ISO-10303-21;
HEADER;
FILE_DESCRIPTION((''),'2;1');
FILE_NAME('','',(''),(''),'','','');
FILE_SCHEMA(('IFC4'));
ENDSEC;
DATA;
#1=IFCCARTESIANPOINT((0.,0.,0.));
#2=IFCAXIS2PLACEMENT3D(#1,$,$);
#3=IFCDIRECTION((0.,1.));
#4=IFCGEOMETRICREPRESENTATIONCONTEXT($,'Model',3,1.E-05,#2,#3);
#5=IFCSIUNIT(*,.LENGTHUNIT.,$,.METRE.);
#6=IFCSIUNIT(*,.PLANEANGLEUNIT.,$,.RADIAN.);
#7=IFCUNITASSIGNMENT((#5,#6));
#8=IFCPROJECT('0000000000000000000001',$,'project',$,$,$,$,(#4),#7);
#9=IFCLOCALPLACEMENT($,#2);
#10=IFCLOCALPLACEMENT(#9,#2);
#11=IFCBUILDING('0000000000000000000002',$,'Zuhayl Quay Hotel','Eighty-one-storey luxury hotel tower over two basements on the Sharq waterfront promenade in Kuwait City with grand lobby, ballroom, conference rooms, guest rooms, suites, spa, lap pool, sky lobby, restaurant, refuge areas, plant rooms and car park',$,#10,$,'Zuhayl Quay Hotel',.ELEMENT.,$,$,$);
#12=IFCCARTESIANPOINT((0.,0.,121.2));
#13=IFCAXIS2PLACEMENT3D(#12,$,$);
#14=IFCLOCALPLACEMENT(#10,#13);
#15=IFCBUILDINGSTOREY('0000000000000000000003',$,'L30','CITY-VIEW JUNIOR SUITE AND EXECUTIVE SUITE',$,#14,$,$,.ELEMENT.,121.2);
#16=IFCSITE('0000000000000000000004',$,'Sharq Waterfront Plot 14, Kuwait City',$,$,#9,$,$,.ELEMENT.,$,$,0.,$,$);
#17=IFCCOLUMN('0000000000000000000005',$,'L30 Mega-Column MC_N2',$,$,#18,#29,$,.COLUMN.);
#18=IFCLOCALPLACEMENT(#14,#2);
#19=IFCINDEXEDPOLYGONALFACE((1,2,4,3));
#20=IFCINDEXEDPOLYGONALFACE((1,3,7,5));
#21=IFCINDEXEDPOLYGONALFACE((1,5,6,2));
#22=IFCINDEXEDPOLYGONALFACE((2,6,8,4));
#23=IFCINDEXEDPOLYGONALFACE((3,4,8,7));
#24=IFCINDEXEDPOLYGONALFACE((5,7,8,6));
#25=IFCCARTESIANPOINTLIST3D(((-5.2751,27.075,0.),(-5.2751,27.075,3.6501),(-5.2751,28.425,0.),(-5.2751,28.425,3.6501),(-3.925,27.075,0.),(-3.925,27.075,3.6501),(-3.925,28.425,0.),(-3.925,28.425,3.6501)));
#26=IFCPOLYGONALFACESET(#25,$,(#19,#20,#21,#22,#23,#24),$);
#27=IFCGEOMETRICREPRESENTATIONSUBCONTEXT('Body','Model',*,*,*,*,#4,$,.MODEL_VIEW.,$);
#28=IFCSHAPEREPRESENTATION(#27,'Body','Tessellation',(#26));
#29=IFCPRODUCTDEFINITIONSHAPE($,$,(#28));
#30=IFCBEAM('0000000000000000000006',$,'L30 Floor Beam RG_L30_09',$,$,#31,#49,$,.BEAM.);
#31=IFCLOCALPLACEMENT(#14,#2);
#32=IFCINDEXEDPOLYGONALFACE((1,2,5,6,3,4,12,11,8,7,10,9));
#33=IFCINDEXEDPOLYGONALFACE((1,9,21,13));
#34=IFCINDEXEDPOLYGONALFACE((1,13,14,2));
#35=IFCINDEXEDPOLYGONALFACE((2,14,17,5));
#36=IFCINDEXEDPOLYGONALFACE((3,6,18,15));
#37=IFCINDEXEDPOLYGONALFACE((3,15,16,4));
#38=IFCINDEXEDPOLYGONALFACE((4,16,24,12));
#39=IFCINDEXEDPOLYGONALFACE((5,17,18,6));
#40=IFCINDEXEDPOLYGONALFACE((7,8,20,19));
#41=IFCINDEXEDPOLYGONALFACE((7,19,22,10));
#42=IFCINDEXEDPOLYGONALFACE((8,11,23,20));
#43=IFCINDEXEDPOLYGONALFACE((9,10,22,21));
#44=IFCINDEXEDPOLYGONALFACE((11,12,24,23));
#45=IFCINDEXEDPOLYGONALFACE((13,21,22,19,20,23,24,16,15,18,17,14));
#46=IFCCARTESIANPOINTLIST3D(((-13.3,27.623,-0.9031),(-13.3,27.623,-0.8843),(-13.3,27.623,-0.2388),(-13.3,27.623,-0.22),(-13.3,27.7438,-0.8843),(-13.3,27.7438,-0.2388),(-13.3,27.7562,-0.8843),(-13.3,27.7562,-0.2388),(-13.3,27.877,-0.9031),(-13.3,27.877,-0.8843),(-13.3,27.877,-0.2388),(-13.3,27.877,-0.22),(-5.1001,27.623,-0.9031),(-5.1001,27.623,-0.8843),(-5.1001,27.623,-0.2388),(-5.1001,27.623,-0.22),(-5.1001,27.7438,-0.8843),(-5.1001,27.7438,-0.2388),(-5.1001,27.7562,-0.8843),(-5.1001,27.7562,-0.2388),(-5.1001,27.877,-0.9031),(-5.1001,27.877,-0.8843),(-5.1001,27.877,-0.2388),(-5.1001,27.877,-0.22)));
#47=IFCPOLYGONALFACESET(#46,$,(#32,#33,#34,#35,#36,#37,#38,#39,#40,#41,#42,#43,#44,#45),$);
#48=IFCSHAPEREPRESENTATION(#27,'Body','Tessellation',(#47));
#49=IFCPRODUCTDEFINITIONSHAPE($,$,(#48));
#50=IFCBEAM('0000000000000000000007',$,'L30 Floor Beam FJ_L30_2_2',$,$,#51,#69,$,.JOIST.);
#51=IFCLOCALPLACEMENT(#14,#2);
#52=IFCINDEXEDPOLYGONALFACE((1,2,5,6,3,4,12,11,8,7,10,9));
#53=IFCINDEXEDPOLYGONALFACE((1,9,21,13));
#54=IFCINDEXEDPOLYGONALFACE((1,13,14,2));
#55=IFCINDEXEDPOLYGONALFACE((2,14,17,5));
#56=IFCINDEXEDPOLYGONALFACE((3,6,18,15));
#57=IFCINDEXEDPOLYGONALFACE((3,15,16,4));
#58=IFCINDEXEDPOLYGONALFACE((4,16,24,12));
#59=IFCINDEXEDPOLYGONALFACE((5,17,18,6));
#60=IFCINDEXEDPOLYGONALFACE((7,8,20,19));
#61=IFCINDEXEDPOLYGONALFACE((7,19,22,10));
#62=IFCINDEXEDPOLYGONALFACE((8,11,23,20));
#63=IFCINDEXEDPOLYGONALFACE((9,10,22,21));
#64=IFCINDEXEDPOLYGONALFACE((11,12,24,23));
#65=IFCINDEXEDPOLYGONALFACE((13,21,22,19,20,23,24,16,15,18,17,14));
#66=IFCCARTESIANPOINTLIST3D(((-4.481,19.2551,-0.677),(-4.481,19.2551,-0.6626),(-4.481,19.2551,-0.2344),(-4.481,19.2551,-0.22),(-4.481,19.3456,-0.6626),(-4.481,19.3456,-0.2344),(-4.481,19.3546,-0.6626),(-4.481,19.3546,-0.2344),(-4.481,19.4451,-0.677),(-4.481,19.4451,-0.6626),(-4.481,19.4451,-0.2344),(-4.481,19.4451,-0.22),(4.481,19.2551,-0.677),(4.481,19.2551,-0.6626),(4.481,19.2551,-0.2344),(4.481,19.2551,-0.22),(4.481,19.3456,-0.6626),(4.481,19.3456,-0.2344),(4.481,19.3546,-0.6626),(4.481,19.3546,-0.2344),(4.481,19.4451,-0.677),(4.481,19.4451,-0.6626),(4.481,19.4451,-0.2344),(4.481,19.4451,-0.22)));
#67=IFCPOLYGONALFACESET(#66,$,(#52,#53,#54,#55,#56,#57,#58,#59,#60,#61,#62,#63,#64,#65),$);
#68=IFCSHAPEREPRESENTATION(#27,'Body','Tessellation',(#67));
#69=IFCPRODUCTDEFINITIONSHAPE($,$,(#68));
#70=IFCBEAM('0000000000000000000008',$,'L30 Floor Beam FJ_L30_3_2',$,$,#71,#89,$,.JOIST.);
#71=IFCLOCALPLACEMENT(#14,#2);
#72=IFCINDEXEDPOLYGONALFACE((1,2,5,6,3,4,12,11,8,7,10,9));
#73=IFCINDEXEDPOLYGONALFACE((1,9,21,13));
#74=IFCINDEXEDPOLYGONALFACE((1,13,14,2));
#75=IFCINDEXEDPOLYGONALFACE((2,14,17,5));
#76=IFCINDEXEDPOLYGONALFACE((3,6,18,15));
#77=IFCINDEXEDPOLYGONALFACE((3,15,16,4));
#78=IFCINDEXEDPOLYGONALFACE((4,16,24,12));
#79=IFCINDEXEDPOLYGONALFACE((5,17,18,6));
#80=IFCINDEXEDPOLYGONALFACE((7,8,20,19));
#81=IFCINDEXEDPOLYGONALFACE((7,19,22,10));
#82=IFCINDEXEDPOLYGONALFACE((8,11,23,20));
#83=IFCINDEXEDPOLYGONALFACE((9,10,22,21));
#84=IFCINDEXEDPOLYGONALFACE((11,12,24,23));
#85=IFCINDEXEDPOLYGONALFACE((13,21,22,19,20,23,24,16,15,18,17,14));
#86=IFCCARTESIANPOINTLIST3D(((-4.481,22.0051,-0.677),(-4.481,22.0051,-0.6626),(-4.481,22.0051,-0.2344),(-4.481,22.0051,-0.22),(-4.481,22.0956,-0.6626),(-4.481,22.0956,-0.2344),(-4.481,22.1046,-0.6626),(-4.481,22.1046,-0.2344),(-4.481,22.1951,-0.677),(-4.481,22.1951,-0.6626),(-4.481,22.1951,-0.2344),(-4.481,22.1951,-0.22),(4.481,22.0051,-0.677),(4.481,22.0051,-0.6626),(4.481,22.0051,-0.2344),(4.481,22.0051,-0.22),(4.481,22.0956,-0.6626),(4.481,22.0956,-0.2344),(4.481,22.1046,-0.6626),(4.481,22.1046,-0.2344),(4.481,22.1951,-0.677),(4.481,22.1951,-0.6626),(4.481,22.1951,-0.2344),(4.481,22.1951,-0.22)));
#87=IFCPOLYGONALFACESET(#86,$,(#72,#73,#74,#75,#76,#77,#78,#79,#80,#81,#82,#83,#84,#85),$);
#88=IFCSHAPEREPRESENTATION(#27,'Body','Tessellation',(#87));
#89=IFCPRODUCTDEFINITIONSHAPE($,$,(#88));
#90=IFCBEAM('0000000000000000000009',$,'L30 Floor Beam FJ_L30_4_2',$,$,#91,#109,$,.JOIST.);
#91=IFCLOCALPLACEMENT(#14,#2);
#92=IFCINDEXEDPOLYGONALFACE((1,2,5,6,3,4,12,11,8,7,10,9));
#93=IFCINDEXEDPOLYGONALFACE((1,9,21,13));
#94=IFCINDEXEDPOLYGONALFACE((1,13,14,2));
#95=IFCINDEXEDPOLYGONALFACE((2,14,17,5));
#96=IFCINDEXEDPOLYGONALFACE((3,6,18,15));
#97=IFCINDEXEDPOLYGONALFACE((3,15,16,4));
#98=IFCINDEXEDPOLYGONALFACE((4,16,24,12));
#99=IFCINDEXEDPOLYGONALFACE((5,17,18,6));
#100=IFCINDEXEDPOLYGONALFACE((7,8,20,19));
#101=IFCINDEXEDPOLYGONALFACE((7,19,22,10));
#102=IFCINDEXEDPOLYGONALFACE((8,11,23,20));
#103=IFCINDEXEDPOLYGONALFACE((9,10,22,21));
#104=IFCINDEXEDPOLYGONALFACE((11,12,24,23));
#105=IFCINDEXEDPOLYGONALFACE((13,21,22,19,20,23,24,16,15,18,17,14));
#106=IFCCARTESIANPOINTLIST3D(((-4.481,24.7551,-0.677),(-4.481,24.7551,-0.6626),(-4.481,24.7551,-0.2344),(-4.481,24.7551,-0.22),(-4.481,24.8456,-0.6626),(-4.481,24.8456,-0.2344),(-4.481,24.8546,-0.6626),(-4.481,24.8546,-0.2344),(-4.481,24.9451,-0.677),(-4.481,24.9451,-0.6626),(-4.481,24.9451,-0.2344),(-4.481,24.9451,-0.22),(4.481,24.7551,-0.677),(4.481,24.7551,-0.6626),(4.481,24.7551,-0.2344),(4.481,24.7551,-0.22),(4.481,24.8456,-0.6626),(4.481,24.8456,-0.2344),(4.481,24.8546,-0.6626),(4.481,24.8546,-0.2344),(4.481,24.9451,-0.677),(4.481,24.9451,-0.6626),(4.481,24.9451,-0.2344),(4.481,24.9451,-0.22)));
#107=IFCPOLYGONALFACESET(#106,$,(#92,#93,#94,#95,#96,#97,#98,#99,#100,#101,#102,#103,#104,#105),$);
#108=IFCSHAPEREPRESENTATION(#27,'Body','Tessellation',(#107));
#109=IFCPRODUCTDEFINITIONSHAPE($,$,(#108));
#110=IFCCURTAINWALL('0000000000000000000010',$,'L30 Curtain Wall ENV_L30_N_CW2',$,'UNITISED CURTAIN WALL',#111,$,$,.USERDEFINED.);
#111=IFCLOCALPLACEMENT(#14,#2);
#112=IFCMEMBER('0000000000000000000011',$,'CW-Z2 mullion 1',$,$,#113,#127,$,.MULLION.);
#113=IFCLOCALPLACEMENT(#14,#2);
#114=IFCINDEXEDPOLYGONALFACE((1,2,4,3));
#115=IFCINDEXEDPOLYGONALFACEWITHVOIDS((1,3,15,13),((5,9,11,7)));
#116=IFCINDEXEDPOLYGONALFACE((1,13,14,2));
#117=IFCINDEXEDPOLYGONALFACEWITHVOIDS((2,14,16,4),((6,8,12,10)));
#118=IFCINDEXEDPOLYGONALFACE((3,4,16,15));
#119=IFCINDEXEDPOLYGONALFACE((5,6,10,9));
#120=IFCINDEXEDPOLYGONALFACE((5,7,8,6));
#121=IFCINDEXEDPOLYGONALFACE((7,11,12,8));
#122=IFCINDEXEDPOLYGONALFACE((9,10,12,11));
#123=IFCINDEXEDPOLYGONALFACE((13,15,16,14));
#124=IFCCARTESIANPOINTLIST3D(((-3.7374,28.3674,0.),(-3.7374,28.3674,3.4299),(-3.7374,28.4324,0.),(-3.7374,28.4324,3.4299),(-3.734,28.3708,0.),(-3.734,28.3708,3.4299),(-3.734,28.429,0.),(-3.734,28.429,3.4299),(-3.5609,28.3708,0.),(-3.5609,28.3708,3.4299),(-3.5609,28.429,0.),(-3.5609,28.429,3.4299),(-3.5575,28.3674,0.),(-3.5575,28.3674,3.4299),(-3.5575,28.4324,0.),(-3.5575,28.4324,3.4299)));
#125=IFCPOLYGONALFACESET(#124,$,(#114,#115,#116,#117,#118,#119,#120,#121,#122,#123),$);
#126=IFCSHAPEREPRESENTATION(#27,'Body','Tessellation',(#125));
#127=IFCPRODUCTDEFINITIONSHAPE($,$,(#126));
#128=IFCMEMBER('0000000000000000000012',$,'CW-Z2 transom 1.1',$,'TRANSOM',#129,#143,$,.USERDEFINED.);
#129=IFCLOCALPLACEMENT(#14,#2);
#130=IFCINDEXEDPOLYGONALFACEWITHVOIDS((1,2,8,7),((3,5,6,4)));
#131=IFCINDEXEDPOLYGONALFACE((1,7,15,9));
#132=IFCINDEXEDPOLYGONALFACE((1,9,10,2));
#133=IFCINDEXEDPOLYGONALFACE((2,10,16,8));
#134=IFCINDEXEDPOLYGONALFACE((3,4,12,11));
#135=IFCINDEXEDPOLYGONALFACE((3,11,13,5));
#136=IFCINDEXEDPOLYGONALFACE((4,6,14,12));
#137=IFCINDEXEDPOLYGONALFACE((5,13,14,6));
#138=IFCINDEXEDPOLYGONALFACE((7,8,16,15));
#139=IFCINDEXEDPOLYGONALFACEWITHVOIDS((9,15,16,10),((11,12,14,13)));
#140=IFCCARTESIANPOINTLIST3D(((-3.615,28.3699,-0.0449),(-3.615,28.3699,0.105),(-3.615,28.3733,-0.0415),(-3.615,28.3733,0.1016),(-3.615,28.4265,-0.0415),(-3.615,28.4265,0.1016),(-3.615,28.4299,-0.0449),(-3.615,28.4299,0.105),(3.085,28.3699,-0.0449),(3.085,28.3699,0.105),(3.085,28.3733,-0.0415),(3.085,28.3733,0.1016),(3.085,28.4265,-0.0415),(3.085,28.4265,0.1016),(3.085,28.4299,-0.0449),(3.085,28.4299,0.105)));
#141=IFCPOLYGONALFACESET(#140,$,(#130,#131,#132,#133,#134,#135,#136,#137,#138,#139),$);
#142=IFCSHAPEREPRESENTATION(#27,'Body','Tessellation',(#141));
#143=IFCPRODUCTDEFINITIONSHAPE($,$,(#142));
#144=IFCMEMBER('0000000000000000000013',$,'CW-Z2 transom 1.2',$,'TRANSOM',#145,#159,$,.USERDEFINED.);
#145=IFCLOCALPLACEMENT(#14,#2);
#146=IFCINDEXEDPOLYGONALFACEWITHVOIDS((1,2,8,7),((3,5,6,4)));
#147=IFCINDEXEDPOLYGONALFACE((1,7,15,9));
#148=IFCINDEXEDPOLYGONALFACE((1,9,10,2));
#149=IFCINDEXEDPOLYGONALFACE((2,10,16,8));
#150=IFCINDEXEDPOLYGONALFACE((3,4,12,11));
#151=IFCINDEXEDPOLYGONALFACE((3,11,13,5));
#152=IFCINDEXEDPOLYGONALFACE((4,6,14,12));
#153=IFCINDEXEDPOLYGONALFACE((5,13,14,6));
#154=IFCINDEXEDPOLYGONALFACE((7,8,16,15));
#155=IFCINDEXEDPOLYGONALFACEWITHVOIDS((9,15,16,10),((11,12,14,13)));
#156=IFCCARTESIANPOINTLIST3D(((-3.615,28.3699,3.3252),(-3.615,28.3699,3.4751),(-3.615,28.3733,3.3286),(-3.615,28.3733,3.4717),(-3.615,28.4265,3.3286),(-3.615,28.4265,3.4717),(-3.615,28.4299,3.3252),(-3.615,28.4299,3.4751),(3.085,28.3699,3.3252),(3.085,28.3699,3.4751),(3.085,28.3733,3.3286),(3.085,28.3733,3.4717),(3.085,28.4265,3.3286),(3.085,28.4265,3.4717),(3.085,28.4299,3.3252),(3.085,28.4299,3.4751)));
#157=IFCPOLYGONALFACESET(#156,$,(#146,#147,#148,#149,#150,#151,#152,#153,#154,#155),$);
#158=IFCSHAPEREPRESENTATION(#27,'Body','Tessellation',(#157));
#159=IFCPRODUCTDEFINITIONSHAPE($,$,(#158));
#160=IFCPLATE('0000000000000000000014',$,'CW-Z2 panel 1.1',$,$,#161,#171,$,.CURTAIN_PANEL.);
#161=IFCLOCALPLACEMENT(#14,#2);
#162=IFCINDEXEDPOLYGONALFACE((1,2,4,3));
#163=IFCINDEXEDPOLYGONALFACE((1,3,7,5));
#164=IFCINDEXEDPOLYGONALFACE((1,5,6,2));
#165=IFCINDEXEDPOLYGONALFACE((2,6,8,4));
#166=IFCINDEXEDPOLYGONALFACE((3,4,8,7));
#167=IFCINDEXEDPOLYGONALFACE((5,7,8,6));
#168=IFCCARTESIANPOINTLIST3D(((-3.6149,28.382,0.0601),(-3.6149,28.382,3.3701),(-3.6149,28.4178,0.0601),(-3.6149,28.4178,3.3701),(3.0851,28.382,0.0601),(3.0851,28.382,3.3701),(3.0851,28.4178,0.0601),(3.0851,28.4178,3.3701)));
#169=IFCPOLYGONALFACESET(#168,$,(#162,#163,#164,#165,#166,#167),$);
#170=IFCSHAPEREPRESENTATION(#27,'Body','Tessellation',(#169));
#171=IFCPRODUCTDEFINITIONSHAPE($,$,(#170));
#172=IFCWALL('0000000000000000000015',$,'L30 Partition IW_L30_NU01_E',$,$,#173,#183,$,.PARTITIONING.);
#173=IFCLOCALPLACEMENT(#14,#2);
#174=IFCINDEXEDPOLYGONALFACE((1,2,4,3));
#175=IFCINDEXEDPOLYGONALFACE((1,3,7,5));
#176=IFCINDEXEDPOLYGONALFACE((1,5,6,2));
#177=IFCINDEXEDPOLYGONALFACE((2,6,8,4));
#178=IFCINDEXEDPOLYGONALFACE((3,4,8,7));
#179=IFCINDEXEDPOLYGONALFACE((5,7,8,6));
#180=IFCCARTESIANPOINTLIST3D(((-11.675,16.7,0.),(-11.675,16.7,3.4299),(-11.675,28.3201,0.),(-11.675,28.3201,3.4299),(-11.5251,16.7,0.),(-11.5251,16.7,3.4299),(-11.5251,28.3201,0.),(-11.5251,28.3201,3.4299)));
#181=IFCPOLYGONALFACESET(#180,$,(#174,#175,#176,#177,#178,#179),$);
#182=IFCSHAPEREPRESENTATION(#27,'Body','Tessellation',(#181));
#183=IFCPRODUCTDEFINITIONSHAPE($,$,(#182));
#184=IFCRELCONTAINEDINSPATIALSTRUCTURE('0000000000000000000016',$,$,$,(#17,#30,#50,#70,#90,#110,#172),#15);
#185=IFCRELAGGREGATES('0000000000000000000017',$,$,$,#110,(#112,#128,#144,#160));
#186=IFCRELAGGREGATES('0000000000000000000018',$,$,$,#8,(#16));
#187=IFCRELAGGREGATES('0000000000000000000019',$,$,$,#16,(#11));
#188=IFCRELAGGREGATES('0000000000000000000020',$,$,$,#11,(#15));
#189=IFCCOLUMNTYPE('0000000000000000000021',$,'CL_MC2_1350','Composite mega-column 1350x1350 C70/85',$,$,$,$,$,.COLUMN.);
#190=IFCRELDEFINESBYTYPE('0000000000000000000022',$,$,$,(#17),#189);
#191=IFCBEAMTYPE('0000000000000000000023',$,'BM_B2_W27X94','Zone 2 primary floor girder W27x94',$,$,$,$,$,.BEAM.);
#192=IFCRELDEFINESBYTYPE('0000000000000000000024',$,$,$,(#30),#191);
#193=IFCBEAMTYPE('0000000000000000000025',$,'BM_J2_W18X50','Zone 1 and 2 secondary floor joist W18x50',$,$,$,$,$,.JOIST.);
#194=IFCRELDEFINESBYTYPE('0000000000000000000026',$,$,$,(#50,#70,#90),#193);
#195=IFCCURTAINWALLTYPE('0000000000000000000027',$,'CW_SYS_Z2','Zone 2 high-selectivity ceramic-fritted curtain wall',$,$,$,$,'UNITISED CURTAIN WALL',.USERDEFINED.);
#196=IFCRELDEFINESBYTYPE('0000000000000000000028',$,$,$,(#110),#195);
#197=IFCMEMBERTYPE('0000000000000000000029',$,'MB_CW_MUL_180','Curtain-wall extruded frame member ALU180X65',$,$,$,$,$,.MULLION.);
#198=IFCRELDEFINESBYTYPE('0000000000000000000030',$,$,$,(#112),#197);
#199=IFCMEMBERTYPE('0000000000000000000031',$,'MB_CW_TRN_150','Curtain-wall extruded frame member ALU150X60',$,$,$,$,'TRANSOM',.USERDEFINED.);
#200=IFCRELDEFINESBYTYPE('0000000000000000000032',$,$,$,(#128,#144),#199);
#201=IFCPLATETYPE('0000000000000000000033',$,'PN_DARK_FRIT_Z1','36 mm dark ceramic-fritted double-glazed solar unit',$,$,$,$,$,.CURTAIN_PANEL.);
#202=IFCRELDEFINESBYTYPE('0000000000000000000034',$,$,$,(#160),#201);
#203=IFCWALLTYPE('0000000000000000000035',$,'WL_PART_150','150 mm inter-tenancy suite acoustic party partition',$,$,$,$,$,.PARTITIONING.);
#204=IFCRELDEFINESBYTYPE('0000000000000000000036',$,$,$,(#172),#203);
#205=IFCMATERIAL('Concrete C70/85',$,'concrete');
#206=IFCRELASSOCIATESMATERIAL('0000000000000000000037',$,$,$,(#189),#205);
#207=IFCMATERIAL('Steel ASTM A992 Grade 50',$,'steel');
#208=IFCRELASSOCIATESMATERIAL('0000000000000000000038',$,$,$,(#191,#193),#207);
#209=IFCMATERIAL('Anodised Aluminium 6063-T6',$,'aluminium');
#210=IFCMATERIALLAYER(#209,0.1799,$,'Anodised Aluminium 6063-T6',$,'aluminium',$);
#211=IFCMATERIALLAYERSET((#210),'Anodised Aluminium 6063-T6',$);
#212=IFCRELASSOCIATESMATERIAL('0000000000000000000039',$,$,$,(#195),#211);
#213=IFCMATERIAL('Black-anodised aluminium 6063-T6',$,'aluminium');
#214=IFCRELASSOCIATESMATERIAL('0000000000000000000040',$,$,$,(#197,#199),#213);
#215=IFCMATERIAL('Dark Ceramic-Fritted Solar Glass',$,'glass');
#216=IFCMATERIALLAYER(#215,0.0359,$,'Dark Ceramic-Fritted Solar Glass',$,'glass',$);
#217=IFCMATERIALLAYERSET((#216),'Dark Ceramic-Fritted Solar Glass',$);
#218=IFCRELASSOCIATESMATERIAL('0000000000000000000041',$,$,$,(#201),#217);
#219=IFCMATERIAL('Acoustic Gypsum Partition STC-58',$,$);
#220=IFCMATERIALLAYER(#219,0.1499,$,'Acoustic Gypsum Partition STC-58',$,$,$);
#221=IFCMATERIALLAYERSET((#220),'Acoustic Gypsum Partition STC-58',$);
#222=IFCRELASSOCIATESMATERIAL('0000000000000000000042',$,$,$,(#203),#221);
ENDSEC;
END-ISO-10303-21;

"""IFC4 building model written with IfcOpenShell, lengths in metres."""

from ifc_helpers import new_model, si_unit, direction, frame, frame_2d, origin, origin_2d, place, context, subcontext, project, spatial, rectangle, hollow_rectangle, i_section, extrude, material, layer, layer_set, material_profile, profile_set, type_object, element, aggregate, save


model = new_model("IFC4")

# Units and contexts
model_context = context("Model", 3, precision=1e-05, world=origin(), true_north=direction((0.0, 1.0)))
body_context = subcontext(model_context, "Body", "Model", "MODEL_VIEW")
ifc_project = project(units=[si_unit("LENGTHUNIT", "METRE"), si_unit("PLANEANGLEUNIT", "RADIAN")], contexts=[model_context])

# Site, building, storey
site_placement = place(None, origin())
site = spatial("IfcSite", under=ifc_project, at=site_placement, Name="Sharq Waterfront Plot 14, Kuwait City", CompositionType="ELEMENT", RefElevation=0.0)
building_placement = place(site_placement, origin())
building = spatial("IfcBuilding", under=site, at=building_placement, Name="Zuhayl Quay Hotel", Description="Eighty-one-storey luxury hotel tower over two basements on the Sharq waterfront promenade in Kuwait City with grand lobby, ballroom, conference rooms, guest rooms, suites, spa, lap pool, sky lobby, restaurant, refuge areas, plant rooms and car park", LongName="Zuhayl Quay Hotel", CompositionType="ELEMENT")
storey_placement = place(building_placement, frame((0.0, 0.0, 121.2)))
storey = spatial("IfcBuildingStorey", under=building, at=storey_placement, Name="L30", Description="CITY-VIEW JUNIOR SUITE AND EXECUTIVE SUITE", CompositionType="ELEMENT", Elevation=121.2)

# Column
ifc_material_1 = material(Name="Concrete C70/85", Category="concrete")
ifc_material_profile_1 = material_profile(ifc_material_1, rectangle(XDim=1.3501, YDim=1.3501, at=origin_2d()), Name="RC1350X1350")
ifc_profile_set_1 = profile_set([ifc_material_profile_1], Name="Concrete C70/85")
column_type = type_object("IfcColumnType", Name="CL_MC2_1350", Description="Composite mega-column 1350x1350 C70/85", PredefinedType="COLUMN", material=ifc_profile_set_1)
column_placement = place(storey_placement, frame((-4.6001, 27.75, 0.0), z_axis=(0.0, 0.0, 1.0), x_axis=(1.0, 0.0, 0.0)))
element("IfcColumn", 1, at=column_placement, inside=storey, type_object=column_type, Name="L30 Mega-Column MC_N2", PredefinedType="COLUMN", context=body_context, shape_type="SweptSolid", body=[
    extrude(rectangle(XDim=1.3501, YDim=1.3501, at=origin_2d()), origin(), (0.0, 0.0, 1.0), 3.6501),
])

# Beams
ifc_material_2 = material(Name="Steel ASTM A992 Grade 50", Category="steel")
ifc_material_profile_2 = material_profile(ifc_material_2, i_section(OverallWidth=0.2539, OverallDepth=0.6831, WebThickness=0.0125, FlangeThickness=0.0188, at=origin_2d()), Name="W27X94")
ifc_profile_set_2 = profile_set([ifc_material_profile_2], Name="Steel ASTM A992 Grade 50")
beam_type_1 = type_object("IfcBeamType", Name="BM_B2_W27X94", Description="Zone 2 primary floor girder W27x94", PredefinedType="BEAM", material=ifc_profile_set_2)
beam_placement = place(storey_placement, frame((-5.1001, 27.75, -0.5615), z_axis=(-1.0, 0.0, 0.0), x_axis=(0.0, -1.0, 0.0)))
element("IfcBeam", 2, at=beam_placement, inside=storey, type_object=beam_type_1, Name="L30 Floor Beam RG_L30_09", PredefinedType="BEAM", context=body_context, shape_type="SweptSolid", body=[
    extrude(i_section(OverallWidth=0.2539, OverallDepth=0.6831, WebThickness=0.0125, FlangeThickness=0.0188, at=origin_2d()), origin(), (0.0, 0.0, 1.0), 8.2),
])
ifc_material_profile_3 = material_profile(ifc_material_2, i_section(OverallWidth=0.1899, OverallDepth=0.457, WebThickness=0.009, FlangeThickness=0.0144, at=origin_2d()), Name="W18X50")
ifc_profile_set_3 = profile_set([ifc_material_profile_3], Name="Steel ASTM A992 Grade 50")
beam_type_2 = type_object("IfcBeamType", Name="BM_J2_W18X50", Description="Zone 1 and 2 secondary floor joist W18x50", PredefinedType="JOIST", material=ifc_profile_set_3)
for number, where, z_axis, x_axis, name in (
    (3, (-4.481, 19.3501, -0.4485), (1.0, 0.0, 0.0), (0.0, 1.0, 0.0), "L30 Floor Beam FJ_L30_2_2"),
    (4, (-4.481, 22.1001, -0.4485), (1.0, 0.0, 0.0), (0.0, 1.0, 0.0), "L30 Floor Beam FJ_L30_3_2"),
    (5, (-4.481, 24.8501, -0.4485), (1.0, 0.0, 0.0), (0.0, 1.0, 0.0), "L30 Floor Beam FJ_L30_4_2"),
):
    element("IfcBeam", number, at=place(storey_placement, frame(where, z_axis=z_axis, x_axis=x_axis)), inside=storey, type_object=beam_type_2, Name=name, PredefinedType="JOIST", context=body_context, shape_type="SweptSolid", body=[
        extrude(i_section(OverallWidth=0.1899, OverallDepth=0.457, WebThickness=0.009, FlangeThickness=0.0144, at=origin_2d()), origin(), (0.0, 0.0, 1.0), 8.9619),
    ])

# Curtain wall, members, plate
ifc_material_3 = material(Name="Anodised Aluminium 6063-T6", Category="aluminium")
ifc_layer_1 = layer(ifc_material_3, 0.1799, Name="Anodised Aluminium 6063-T6", Category="aluminium")
ifc_layer_set_1 = layer_set([ifc_layer_1], Name="Anodised Aluminium 6063-T6")
curtain_wall_type = type_object("IfcCurtainWallType", Name="CW_SYS_Z2", Description="Zone 2 high-selectivity ceramic-fritted curtain wall", ElementType="UNITISED CURTAIN WALL", PredefinedType="USERDEFINED", material=ifc_layer_set_1)
curtain_wall_placement = place(storey_placement, origin())
curtain_wall = element("IfcCurtainWall", 6, at=curtain_wall_placement, inside=storey, type_object=curtain_wall_type, Name="L30 Curtain Wall ENV_L30_N_CW2", ObjectType="UNITISED CURTAIN WALL", PredefinedType="USERDEFINED")
ifc_material_4 = material(Name="Black-anodised aluminium 6063-T6", Category="aluminium")
ifc_material_profile_4 = material_profile(ifc_material_4, hollow_rectangle(XDim=0.0649, YDim=0.1799, WallThickness=0.0034, at=origin_2d()), Name="ALU180X65")
ifc_profile_set_4 = profile_set([ifc_material_profile_4], Name="Black-anodised aluminium 6063-T6")
member_type_1 = type_object("IfcMemberType", Name="MB_CW_MUL_180", Description="Curtain-wall extruded frame member ALU180X65", PredefinedType="MULLION", material=ifc_profile_set_4)
member_1_placement = place(storey_placement, frame((-3.6475, 28.3999, 0.0), z_axis=(0.0, 0.0, 1.0), x_axis=(0.0, 1.0, 0.0)))
member_1 = element("IfcMember", 7, at=member_1_placement, type_object=member_type_1, Name="CW-Z2 mullion 1", PredefinedType="MULLION", context=body_context, shape_type="SweptSolid", body=[
    extrude(hollow_rectangle(XDim=0.0649, YDim=0.1799, WallThickness=0.0034, at=origin_2d()), origin(), (0.0, 0.0, 1.0), 3.4299),
])
ifc_material_profile_5 = material_profile(ifc_material_4, hollow_rectangle(XDim=0.0601, YDim=0.1499, WallThickness=0.0034, at=origin_2d()), Name="ALU150X60")
ifc_profile_set_5 = profile_set([ifc_material_profile_5], Name="Black-anodised aluminium 6063-T6")
member_type_2 = type_object("IfcMemberType", Name="MB_CW_TRN_150", Description="Curtain-wall extruded frame member ALU150X60", ElementType="TRANSOM", PredefinedType="USERDEFINED", material=ifc_profile_set_5)
member_2_placement = place(storey_placement, frame((-3.615, 28.3999, 0.03), z_axis=(1.0, 0.0, 0.0), x_axis=(0.0, 1.0, 0.0)))
member_2 = element("IfcMember", 8, at=member_2_placement, type_object=member_type_2, Name="CW-Z2 transom 1.1", ObjectType="TRANSOM", PredefinedType="USERDEFINED", context=body_context, shape_type="SweptSolid", body=[
    extrude(hollow_rectangle(XDim=0.0601, YDim=0.1499, WallThickness=0.0034, at=origin_2d()), origin(), (0.0, 0.0, 1.0), 6.7),
])
member_3_placement = place(storey_placement, frame((-3.615, 28.3999, 3.4001), z_axis=(1.0, 0.0, 0.0), x_axis=(0.0, 1.0, 0.0)))
member_3 = element("IfcMember", 9, at=member_3_placement, type_object=member_type_2, Name="CW-Z2 transom 1.2", ObjectType="TRANSOM", PredefinedType="USERDEFINED", context=body_context, shape_type="SweptSolid", body=[
    extrude(hollow_rectangle(XDim=0.0601, YDim=0.1499, WallThickness=0.0034, at=origin_2d()), origin(), (0.0, 0.0, 1.0), 6.7),
])
ifc_material_5 = material(Name="Dark Ceramic-Fritted Solar Glass", Category="glass")
ifc_layer_2 = layer(ifc_material_5, 0.0359, Name="Dark Ceramic-Fritted Solar Glass", Category="glass")
ifc_layer_set_2 = layer_set([ifc_layer_2], Name="Dark Ceramic-Fritted Solar Glass")
plate_type = type_object("IfcPlateType", Name="PN_DARK_FRIT_Z1", Description="36 mm dark ceramic-fritted double-glazed solar unit", PredefinedType="CURTAIN_PANEL", material=ifc_layer_set_2)
plate_placement = place(storey_placement, frame((-0.2649, 28.3999, 0.0601), z_axis=(0.0, 0.0, 1.0), x_axis=(1.0, 0.0, 0.0)))
plate = element("IfcPlate", 10, at=plate_placement, type_object=plate_type, Name="CW-Z2 panel 1.1", PredefinedType="CURTAIN_PANEL", context=body_context, shape_type="SweptSolid", body=[
    extrude(rectangle(XDim=6.7, YDim=0.0359, at=origin_2d()), origin(), (0.0, 0.0, 1.0), 3.3101),
])
aggregate(curtain_wall, [member_1, member_2, member_3, plate])

# Wall
ifc_material_6 = material(Name="Acoustic Gypsum Partition STC-58")
ifc_layer_3 = layer(ifc_material_6, 0.1499, Name="Acoustic Gypsum Partition STC-58")
ifc_layer_set_3 = layer_set([ifc_layer_3], Name="Acoustic Gypsum Partition STC-58")
wall_type_1 = type_object("IfcWallType", Name="WL_PART_150", Description="150 mm inter-tenancy suite acoustic party partition", PredefinedType="PARTITIONING", material=ifc_layer_set_3)
wall_1_placement = place(storey_placement, frame((-11.6001, 16.7, 0.0), z_axis=(0.0, 0.0, 1.0), x_axis=(0.0, 1.0, 0.0)))
element("IfcWall", 11, at=wall_1_placement, inside=storey, type_object=wall_type_1, Name="L30 Partition IW_L30_NU01_E", PredefinedType="PARTITIONING", context=body_context, shape_type="SweptSolid", body=[
    extrude(rectangle(XDim=11.6201, YDim=0.1499, at=frame_2d((5.8101, 0.0))), origin(), (0.0, 0.0, 1.0), 3.4299),
])

save(model, "model.ifc")
